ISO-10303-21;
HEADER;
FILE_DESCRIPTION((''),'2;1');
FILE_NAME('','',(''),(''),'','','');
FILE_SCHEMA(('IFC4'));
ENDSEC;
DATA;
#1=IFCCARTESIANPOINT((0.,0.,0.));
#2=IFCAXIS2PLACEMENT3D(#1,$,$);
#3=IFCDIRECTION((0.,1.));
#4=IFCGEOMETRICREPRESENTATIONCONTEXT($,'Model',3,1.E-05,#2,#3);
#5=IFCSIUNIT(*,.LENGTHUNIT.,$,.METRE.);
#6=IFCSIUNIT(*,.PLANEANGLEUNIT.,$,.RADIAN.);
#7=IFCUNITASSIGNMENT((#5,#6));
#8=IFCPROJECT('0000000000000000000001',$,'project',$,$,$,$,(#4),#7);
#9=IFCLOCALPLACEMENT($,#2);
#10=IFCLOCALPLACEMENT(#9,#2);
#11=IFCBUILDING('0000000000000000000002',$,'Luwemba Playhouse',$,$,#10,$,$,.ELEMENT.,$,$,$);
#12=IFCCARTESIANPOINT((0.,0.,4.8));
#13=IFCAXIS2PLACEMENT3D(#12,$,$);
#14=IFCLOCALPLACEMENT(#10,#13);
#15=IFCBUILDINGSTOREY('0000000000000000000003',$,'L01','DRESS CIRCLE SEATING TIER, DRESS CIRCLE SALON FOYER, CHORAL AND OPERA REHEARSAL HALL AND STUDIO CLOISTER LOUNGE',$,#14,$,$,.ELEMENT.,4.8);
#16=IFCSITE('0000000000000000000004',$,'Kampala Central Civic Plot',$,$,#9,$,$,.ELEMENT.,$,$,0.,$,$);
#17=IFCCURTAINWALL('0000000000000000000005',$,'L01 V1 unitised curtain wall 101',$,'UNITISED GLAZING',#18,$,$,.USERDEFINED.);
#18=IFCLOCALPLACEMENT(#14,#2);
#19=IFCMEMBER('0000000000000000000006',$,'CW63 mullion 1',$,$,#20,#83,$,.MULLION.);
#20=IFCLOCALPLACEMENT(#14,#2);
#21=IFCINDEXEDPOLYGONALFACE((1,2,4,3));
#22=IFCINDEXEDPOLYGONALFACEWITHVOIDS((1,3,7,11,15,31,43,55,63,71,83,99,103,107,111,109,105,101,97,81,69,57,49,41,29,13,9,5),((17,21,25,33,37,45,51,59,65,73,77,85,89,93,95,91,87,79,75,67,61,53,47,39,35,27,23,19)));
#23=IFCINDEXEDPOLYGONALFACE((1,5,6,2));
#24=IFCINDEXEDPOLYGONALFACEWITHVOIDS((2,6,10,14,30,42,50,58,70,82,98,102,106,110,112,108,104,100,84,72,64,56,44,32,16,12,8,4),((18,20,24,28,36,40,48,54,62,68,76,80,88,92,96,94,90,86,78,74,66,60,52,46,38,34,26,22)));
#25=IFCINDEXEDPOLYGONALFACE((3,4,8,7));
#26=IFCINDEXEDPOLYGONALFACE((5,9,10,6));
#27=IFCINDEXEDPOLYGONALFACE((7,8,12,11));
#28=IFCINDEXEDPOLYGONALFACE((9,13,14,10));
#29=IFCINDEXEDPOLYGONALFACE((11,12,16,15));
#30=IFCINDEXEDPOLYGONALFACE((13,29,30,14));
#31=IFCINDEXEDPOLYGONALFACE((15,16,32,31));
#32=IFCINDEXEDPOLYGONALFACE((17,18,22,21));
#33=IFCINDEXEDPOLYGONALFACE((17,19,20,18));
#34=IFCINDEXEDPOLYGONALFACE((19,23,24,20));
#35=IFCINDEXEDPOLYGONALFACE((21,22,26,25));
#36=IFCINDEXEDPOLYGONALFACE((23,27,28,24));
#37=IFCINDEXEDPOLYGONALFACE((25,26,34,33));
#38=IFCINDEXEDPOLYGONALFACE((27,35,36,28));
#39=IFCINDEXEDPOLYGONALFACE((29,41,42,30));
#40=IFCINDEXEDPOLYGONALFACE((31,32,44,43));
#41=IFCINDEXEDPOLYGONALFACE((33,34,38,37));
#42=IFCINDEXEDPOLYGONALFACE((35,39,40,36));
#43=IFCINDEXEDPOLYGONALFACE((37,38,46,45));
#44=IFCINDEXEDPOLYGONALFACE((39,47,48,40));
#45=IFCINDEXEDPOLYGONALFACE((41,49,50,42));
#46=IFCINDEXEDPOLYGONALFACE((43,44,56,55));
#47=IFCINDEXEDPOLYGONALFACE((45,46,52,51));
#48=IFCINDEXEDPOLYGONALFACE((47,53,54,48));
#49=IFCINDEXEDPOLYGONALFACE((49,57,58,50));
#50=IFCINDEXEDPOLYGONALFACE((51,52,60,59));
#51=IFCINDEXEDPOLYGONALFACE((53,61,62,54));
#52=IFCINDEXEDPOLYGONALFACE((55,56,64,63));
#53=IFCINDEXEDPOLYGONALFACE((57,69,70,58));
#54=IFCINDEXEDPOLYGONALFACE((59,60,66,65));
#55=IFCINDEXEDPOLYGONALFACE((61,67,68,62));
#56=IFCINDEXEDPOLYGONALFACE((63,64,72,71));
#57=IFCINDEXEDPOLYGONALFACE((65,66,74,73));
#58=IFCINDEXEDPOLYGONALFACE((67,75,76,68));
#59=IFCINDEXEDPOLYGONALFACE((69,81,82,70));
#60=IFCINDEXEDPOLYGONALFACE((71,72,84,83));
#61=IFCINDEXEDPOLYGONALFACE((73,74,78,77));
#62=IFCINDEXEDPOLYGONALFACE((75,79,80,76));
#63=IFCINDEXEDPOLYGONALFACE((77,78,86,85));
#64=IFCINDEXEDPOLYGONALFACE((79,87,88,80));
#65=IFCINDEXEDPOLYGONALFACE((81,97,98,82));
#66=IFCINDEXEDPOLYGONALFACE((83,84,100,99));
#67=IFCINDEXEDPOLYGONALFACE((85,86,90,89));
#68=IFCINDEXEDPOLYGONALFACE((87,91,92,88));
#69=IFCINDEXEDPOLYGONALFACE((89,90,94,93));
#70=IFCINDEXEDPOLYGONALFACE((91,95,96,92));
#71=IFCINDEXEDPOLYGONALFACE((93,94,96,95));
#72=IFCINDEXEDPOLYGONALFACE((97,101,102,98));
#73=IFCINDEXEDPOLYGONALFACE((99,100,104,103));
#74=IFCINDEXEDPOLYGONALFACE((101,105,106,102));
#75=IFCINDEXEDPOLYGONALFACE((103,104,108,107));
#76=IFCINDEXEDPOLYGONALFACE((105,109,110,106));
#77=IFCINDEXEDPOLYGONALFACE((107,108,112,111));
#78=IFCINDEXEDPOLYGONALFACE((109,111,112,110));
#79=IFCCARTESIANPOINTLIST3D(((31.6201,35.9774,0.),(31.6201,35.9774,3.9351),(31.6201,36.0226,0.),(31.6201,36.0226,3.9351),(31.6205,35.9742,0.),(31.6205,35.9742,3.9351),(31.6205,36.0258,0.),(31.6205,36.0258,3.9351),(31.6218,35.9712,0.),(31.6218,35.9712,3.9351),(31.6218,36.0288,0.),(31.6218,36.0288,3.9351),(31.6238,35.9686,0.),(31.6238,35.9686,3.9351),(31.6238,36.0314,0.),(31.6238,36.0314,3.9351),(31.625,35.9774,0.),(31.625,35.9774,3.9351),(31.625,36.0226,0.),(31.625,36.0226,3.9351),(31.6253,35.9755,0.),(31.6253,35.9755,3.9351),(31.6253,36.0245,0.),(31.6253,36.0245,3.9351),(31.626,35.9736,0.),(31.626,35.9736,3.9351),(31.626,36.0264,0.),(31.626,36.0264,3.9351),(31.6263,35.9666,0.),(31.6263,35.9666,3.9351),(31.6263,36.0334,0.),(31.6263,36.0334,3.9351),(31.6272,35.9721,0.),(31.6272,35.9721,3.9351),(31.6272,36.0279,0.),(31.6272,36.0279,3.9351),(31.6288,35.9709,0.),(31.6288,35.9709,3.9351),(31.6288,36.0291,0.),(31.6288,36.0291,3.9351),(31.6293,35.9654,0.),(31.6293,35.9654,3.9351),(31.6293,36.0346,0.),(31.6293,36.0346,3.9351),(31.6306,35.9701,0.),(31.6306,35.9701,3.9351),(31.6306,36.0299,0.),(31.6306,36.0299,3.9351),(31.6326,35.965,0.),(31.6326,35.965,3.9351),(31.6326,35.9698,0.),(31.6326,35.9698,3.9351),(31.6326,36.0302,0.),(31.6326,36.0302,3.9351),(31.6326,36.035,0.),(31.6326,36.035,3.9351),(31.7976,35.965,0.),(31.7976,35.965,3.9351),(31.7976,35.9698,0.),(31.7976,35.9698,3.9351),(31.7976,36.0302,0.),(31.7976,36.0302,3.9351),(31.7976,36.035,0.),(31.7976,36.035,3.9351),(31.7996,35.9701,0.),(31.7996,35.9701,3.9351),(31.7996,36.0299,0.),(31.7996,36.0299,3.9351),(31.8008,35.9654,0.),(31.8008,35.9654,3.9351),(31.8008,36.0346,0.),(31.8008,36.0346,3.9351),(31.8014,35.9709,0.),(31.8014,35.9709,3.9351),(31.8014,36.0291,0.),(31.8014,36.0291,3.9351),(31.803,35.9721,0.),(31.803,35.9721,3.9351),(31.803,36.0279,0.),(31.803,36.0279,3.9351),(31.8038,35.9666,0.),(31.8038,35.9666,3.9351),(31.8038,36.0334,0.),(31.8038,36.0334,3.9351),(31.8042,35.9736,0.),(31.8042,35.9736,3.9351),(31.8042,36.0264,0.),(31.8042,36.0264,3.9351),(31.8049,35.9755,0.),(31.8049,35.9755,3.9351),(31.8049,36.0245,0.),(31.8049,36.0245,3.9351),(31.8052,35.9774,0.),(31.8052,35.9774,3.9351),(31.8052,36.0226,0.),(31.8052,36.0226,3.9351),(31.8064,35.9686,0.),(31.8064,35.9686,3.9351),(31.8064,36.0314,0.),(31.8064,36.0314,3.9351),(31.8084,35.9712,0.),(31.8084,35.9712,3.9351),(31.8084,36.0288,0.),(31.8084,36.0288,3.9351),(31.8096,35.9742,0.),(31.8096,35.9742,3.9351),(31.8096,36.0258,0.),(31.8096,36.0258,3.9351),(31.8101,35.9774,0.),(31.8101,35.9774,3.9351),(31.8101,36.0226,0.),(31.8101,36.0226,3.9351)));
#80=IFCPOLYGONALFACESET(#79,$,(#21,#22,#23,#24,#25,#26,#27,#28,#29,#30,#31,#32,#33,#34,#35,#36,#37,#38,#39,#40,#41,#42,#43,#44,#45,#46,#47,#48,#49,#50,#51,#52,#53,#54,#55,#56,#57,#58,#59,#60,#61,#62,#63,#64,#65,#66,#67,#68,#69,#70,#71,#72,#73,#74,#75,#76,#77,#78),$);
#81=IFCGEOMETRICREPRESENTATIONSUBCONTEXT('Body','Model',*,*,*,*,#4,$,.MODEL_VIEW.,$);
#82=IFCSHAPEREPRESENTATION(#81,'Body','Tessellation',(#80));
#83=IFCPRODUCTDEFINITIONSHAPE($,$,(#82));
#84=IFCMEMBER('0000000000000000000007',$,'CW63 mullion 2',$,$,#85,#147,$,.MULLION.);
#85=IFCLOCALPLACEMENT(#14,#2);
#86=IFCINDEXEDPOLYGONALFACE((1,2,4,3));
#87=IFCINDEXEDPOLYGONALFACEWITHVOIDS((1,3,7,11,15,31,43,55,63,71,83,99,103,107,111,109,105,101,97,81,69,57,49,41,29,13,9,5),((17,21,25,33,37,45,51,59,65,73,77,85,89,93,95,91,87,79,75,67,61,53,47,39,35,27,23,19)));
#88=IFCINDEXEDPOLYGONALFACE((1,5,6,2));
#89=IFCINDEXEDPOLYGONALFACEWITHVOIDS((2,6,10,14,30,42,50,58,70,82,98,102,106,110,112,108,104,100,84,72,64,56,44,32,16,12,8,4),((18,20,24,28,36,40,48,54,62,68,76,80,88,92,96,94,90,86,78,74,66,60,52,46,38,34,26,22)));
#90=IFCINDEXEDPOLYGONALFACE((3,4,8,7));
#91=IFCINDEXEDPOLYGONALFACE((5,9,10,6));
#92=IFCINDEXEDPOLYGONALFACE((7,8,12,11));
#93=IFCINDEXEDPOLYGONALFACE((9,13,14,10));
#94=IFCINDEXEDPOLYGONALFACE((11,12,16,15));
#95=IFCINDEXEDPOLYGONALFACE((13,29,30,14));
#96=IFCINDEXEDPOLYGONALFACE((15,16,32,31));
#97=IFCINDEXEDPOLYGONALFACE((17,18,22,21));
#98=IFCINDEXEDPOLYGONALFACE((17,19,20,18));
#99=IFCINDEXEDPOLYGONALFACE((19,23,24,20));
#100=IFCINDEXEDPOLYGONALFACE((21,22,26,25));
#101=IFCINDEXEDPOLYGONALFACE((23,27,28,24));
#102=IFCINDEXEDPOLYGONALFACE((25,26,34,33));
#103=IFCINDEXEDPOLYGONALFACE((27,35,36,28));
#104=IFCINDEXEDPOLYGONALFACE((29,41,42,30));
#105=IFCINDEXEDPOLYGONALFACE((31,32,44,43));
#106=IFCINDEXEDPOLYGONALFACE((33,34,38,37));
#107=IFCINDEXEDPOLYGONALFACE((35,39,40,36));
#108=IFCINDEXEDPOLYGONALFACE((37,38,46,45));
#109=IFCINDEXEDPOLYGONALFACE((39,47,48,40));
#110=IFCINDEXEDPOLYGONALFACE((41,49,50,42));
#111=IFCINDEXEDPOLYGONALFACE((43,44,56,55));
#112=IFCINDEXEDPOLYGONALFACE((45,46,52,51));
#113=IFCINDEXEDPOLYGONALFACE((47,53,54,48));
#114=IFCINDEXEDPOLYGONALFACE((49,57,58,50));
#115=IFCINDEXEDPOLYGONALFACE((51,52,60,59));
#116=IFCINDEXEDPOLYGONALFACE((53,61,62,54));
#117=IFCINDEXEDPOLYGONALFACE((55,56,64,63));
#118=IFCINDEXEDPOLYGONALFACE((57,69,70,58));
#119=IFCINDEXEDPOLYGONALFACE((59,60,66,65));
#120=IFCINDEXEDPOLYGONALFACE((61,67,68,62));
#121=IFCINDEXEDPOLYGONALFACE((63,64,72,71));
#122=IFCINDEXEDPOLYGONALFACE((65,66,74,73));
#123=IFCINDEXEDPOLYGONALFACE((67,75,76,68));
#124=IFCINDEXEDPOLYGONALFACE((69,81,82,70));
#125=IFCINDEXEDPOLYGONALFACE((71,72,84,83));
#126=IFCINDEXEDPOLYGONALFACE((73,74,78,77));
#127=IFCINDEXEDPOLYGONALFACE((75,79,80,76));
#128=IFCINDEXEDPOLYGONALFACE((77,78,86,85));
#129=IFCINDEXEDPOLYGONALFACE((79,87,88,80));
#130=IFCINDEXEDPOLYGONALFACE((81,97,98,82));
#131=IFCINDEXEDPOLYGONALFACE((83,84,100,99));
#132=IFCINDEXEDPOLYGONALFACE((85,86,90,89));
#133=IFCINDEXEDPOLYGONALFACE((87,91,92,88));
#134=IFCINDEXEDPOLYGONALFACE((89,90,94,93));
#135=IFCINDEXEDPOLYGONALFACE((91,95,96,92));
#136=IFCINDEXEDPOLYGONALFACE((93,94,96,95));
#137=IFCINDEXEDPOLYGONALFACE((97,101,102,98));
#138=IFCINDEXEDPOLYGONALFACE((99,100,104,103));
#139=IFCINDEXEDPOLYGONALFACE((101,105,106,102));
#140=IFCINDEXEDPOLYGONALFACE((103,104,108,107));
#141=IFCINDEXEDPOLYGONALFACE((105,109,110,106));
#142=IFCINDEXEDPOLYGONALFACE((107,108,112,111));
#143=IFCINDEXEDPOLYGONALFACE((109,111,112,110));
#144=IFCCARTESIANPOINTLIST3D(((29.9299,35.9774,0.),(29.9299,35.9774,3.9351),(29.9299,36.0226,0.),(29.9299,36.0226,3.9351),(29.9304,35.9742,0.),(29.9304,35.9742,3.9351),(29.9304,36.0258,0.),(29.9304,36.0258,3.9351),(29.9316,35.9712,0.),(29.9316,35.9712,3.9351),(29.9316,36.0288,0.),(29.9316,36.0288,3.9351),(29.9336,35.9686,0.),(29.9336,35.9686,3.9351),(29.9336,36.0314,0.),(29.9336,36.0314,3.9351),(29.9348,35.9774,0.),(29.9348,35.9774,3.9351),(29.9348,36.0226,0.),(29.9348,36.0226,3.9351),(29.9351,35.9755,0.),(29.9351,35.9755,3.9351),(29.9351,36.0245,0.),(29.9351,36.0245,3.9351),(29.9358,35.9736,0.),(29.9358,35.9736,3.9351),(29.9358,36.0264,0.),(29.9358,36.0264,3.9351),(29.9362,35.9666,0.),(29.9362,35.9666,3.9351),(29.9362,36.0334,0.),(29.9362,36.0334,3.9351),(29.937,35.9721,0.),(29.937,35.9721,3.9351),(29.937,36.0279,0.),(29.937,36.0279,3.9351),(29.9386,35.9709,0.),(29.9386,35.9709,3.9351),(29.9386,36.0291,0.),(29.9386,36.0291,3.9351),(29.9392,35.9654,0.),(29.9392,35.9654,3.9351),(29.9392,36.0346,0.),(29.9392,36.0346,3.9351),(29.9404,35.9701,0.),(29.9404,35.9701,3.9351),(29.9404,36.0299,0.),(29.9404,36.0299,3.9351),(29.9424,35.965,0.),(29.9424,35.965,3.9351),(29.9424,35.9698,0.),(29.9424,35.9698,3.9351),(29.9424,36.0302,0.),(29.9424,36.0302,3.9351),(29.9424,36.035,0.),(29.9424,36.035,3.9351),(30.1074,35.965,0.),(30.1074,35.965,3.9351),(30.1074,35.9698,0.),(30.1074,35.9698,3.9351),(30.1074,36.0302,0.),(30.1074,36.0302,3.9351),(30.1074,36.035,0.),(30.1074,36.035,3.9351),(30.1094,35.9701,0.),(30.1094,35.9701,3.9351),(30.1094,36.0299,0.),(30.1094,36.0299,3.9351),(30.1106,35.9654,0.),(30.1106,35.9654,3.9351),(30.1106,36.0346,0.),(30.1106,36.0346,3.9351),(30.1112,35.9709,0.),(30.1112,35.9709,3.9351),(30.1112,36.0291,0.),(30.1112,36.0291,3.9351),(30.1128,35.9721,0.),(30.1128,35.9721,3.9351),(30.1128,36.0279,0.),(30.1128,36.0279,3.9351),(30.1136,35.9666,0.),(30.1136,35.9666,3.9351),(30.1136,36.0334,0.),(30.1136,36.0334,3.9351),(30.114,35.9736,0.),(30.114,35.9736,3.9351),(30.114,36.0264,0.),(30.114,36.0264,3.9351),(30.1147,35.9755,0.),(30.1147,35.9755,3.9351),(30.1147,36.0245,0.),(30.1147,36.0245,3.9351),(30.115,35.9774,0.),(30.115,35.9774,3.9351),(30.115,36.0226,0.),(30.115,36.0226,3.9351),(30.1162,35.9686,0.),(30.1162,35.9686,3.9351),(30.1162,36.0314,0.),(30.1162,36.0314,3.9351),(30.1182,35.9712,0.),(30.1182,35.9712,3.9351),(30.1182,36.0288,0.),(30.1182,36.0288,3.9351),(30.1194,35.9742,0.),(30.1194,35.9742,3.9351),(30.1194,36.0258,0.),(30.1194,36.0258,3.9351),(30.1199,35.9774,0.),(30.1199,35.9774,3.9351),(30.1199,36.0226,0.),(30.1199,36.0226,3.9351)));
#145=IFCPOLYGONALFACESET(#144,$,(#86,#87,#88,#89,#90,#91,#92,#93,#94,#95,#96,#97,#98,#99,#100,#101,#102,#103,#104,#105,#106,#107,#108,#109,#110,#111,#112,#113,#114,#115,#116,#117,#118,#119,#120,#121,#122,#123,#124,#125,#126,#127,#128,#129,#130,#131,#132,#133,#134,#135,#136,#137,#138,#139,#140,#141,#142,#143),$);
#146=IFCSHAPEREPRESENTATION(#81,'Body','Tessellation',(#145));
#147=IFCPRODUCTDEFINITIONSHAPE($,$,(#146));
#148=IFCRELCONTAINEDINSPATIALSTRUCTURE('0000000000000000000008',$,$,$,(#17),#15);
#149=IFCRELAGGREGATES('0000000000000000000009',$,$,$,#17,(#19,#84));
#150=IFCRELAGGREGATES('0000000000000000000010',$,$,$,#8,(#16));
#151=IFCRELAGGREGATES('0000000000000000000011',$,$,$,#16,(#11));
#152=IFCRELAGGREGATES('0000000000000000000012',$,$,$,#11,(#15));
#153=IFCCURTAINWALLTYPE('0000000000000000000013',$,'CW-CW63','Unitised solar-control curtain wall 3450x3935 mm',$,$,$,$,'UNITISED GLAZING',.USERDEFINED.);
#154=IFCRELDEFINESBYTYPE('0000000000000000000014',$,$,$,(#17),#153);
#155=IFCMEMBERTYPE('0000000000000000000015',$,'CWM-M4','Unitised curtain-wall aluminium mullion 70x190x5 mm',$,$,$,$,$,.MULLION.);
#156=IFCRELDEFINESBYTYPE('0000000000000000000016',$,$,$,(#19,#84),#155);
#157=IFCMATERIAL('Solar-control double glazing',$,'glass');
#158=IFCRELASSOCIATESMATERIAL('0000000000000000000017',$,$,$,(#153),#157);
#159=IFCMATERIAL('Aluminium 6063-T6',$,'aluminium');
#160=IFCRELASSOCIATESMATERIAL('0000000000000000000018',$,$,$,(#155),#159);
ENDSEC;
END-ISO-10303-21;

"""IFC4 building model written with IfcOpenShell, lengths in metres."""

from ifc_helpers import new_model, si_unit, direction, frame, origin, origin_2d, place, context, subcontext, project, spatial, hollow_rectangle, extrude, material, material_profile, profile_set, type_object, element, aggregate, save


model = new_model("IFC4")

# Units and contexts
model_context = context("Model", 3, precision=1e-05, world=origin(), true_north=direction((0.0, 1.0)))
body_context = subcontext(model_context, "Body", "Model", "MODEL_VIEW")
ifc_project = project(units=[si_unit("LENGTHUNIT", "METRE"), si_unit("PLANEANGLEUNIT", "RADIAN")], contexts=[model_context])

# Site, building, storey
site_placement = place(None, origin())
site = spatial("IfcSite", under=ifc_project, at=site_placement, Name="Kampala Central Civic Plot", CompositionType="ELEMENT", RefElevation=0.0)
building_placement = place(site_placement, origin())
building = spatial("IfcBuilding", under=site, at=building_placement, Name="Luwemba Playhouse", CompositionType="ELEMENT")
storey_placement = place(building_placement, frame((0.0, 0.0, 4.8)))
storey = spatial("IfcBuildingStorey", under=building, at=storey_placement, Name="L01", Description="DRESS CIRCLE SEATING TIER, DRESS CIRCLE SALON FOYER, CHORAL AND OPERA REHEARSAL HALL AND STUDIO CLOISTER LOUNGE", CompositionType="ELEMENT", Elevation=4.8)

# Curtain wall, members
ifc_material_1 = material(Name="Solar-control double glazing", Category="glass")
ifc_material_2 = material(Name="Aluminium 6063-T6", Category="aluminium")
curtain_wall_type_1 = type_object("IfcCurtainWallType", Name="CW-CW63", Description="Unitised solar-control curtain wall 3450x3935 mm", ElementType="UNITISED GLAZING", PredefinedType="USERDEFINED", material=ifc_material_1)
curtain_wall_1_placement = place(storey_placement, origin())
curtain_wall_1 = element("IfcCurtainWall", 1, at=curtain_wall_1_placement, inside=storey, type_object=curtain_wall_type_1, Name="L01 V1 unitised curtain wall 101", ObjectType="UNITISED GLAZING", PredefinedType="USERDEFINED")
ifc_material_profile_1 = material_profile(ifc_material_2, hollow_rectangle(XDim=0.0701, YDim=0.1899, WallThickness=0.0049, InnerFilletRadius=0.0076, OuterFilletRadius=0.0125, at=origin_2d()))
ifc_profile_set_1 = profile_set([ifc_material_profile_1], Name="Aluminium 6063-T6")
member_type_1 = type_object("IfcMemberType", Name="CWM-M4", Description="Unitised curtain-wall aluminium mullion 70x190x5 mm", PredefinedType="MULLION", material=ifc_profile_set_1)
member_1_placement = place(storey_placement, frame((31.7151, 36.0, 0.0), z_axis=(0.0, 0.0, 1.0), x_axis=(0.0, -1.0, 0.0)))
member_1 = element("IfcMember", 2, at=member_1_placement, type_object=member_type_1, Name="CW63 mullion 1", PredefinedType="MULLION", context=body_context, shape_type="SweptSolid", body=[
    extrude(hollow_rectangle(XDim=0.0701, YDim=0.1899, WallThickness=0.0049, InnerFilletRadius=0.0076, OuterFilletRadius=0.0125, at=origin_2d()), origin(), (0.0, 0.0, 1.0), 3.9351),
])
member_2_placement = place(storey_placement, frame((30.0249, 36.0, 0.0), z_axis=(0.0, 0.0, 1.0), x_axis=(0.0, -1.0, 0.0)))
member_2 = element("IfcMember", 3, at=member_2_placement, type_object=member_type_1, Name="CW63 mullion 2", PredefinedType="MULLION", context=body_context, shape_type="SweptSolid", body=[
    extrude(hollow_rectangle(XDim=0.0701, YDim=0.1899, WallThickness=0.0049, InnerFilletRadius=0.0076, OuterFilletRadius=0.0125, at=origin_2d()), origin(), (0.0, 0.0, 1.0), 3.9351),
])

aggregate(curtain_wall_1, [member_1, member_2])

save(model, "model.ifc")
